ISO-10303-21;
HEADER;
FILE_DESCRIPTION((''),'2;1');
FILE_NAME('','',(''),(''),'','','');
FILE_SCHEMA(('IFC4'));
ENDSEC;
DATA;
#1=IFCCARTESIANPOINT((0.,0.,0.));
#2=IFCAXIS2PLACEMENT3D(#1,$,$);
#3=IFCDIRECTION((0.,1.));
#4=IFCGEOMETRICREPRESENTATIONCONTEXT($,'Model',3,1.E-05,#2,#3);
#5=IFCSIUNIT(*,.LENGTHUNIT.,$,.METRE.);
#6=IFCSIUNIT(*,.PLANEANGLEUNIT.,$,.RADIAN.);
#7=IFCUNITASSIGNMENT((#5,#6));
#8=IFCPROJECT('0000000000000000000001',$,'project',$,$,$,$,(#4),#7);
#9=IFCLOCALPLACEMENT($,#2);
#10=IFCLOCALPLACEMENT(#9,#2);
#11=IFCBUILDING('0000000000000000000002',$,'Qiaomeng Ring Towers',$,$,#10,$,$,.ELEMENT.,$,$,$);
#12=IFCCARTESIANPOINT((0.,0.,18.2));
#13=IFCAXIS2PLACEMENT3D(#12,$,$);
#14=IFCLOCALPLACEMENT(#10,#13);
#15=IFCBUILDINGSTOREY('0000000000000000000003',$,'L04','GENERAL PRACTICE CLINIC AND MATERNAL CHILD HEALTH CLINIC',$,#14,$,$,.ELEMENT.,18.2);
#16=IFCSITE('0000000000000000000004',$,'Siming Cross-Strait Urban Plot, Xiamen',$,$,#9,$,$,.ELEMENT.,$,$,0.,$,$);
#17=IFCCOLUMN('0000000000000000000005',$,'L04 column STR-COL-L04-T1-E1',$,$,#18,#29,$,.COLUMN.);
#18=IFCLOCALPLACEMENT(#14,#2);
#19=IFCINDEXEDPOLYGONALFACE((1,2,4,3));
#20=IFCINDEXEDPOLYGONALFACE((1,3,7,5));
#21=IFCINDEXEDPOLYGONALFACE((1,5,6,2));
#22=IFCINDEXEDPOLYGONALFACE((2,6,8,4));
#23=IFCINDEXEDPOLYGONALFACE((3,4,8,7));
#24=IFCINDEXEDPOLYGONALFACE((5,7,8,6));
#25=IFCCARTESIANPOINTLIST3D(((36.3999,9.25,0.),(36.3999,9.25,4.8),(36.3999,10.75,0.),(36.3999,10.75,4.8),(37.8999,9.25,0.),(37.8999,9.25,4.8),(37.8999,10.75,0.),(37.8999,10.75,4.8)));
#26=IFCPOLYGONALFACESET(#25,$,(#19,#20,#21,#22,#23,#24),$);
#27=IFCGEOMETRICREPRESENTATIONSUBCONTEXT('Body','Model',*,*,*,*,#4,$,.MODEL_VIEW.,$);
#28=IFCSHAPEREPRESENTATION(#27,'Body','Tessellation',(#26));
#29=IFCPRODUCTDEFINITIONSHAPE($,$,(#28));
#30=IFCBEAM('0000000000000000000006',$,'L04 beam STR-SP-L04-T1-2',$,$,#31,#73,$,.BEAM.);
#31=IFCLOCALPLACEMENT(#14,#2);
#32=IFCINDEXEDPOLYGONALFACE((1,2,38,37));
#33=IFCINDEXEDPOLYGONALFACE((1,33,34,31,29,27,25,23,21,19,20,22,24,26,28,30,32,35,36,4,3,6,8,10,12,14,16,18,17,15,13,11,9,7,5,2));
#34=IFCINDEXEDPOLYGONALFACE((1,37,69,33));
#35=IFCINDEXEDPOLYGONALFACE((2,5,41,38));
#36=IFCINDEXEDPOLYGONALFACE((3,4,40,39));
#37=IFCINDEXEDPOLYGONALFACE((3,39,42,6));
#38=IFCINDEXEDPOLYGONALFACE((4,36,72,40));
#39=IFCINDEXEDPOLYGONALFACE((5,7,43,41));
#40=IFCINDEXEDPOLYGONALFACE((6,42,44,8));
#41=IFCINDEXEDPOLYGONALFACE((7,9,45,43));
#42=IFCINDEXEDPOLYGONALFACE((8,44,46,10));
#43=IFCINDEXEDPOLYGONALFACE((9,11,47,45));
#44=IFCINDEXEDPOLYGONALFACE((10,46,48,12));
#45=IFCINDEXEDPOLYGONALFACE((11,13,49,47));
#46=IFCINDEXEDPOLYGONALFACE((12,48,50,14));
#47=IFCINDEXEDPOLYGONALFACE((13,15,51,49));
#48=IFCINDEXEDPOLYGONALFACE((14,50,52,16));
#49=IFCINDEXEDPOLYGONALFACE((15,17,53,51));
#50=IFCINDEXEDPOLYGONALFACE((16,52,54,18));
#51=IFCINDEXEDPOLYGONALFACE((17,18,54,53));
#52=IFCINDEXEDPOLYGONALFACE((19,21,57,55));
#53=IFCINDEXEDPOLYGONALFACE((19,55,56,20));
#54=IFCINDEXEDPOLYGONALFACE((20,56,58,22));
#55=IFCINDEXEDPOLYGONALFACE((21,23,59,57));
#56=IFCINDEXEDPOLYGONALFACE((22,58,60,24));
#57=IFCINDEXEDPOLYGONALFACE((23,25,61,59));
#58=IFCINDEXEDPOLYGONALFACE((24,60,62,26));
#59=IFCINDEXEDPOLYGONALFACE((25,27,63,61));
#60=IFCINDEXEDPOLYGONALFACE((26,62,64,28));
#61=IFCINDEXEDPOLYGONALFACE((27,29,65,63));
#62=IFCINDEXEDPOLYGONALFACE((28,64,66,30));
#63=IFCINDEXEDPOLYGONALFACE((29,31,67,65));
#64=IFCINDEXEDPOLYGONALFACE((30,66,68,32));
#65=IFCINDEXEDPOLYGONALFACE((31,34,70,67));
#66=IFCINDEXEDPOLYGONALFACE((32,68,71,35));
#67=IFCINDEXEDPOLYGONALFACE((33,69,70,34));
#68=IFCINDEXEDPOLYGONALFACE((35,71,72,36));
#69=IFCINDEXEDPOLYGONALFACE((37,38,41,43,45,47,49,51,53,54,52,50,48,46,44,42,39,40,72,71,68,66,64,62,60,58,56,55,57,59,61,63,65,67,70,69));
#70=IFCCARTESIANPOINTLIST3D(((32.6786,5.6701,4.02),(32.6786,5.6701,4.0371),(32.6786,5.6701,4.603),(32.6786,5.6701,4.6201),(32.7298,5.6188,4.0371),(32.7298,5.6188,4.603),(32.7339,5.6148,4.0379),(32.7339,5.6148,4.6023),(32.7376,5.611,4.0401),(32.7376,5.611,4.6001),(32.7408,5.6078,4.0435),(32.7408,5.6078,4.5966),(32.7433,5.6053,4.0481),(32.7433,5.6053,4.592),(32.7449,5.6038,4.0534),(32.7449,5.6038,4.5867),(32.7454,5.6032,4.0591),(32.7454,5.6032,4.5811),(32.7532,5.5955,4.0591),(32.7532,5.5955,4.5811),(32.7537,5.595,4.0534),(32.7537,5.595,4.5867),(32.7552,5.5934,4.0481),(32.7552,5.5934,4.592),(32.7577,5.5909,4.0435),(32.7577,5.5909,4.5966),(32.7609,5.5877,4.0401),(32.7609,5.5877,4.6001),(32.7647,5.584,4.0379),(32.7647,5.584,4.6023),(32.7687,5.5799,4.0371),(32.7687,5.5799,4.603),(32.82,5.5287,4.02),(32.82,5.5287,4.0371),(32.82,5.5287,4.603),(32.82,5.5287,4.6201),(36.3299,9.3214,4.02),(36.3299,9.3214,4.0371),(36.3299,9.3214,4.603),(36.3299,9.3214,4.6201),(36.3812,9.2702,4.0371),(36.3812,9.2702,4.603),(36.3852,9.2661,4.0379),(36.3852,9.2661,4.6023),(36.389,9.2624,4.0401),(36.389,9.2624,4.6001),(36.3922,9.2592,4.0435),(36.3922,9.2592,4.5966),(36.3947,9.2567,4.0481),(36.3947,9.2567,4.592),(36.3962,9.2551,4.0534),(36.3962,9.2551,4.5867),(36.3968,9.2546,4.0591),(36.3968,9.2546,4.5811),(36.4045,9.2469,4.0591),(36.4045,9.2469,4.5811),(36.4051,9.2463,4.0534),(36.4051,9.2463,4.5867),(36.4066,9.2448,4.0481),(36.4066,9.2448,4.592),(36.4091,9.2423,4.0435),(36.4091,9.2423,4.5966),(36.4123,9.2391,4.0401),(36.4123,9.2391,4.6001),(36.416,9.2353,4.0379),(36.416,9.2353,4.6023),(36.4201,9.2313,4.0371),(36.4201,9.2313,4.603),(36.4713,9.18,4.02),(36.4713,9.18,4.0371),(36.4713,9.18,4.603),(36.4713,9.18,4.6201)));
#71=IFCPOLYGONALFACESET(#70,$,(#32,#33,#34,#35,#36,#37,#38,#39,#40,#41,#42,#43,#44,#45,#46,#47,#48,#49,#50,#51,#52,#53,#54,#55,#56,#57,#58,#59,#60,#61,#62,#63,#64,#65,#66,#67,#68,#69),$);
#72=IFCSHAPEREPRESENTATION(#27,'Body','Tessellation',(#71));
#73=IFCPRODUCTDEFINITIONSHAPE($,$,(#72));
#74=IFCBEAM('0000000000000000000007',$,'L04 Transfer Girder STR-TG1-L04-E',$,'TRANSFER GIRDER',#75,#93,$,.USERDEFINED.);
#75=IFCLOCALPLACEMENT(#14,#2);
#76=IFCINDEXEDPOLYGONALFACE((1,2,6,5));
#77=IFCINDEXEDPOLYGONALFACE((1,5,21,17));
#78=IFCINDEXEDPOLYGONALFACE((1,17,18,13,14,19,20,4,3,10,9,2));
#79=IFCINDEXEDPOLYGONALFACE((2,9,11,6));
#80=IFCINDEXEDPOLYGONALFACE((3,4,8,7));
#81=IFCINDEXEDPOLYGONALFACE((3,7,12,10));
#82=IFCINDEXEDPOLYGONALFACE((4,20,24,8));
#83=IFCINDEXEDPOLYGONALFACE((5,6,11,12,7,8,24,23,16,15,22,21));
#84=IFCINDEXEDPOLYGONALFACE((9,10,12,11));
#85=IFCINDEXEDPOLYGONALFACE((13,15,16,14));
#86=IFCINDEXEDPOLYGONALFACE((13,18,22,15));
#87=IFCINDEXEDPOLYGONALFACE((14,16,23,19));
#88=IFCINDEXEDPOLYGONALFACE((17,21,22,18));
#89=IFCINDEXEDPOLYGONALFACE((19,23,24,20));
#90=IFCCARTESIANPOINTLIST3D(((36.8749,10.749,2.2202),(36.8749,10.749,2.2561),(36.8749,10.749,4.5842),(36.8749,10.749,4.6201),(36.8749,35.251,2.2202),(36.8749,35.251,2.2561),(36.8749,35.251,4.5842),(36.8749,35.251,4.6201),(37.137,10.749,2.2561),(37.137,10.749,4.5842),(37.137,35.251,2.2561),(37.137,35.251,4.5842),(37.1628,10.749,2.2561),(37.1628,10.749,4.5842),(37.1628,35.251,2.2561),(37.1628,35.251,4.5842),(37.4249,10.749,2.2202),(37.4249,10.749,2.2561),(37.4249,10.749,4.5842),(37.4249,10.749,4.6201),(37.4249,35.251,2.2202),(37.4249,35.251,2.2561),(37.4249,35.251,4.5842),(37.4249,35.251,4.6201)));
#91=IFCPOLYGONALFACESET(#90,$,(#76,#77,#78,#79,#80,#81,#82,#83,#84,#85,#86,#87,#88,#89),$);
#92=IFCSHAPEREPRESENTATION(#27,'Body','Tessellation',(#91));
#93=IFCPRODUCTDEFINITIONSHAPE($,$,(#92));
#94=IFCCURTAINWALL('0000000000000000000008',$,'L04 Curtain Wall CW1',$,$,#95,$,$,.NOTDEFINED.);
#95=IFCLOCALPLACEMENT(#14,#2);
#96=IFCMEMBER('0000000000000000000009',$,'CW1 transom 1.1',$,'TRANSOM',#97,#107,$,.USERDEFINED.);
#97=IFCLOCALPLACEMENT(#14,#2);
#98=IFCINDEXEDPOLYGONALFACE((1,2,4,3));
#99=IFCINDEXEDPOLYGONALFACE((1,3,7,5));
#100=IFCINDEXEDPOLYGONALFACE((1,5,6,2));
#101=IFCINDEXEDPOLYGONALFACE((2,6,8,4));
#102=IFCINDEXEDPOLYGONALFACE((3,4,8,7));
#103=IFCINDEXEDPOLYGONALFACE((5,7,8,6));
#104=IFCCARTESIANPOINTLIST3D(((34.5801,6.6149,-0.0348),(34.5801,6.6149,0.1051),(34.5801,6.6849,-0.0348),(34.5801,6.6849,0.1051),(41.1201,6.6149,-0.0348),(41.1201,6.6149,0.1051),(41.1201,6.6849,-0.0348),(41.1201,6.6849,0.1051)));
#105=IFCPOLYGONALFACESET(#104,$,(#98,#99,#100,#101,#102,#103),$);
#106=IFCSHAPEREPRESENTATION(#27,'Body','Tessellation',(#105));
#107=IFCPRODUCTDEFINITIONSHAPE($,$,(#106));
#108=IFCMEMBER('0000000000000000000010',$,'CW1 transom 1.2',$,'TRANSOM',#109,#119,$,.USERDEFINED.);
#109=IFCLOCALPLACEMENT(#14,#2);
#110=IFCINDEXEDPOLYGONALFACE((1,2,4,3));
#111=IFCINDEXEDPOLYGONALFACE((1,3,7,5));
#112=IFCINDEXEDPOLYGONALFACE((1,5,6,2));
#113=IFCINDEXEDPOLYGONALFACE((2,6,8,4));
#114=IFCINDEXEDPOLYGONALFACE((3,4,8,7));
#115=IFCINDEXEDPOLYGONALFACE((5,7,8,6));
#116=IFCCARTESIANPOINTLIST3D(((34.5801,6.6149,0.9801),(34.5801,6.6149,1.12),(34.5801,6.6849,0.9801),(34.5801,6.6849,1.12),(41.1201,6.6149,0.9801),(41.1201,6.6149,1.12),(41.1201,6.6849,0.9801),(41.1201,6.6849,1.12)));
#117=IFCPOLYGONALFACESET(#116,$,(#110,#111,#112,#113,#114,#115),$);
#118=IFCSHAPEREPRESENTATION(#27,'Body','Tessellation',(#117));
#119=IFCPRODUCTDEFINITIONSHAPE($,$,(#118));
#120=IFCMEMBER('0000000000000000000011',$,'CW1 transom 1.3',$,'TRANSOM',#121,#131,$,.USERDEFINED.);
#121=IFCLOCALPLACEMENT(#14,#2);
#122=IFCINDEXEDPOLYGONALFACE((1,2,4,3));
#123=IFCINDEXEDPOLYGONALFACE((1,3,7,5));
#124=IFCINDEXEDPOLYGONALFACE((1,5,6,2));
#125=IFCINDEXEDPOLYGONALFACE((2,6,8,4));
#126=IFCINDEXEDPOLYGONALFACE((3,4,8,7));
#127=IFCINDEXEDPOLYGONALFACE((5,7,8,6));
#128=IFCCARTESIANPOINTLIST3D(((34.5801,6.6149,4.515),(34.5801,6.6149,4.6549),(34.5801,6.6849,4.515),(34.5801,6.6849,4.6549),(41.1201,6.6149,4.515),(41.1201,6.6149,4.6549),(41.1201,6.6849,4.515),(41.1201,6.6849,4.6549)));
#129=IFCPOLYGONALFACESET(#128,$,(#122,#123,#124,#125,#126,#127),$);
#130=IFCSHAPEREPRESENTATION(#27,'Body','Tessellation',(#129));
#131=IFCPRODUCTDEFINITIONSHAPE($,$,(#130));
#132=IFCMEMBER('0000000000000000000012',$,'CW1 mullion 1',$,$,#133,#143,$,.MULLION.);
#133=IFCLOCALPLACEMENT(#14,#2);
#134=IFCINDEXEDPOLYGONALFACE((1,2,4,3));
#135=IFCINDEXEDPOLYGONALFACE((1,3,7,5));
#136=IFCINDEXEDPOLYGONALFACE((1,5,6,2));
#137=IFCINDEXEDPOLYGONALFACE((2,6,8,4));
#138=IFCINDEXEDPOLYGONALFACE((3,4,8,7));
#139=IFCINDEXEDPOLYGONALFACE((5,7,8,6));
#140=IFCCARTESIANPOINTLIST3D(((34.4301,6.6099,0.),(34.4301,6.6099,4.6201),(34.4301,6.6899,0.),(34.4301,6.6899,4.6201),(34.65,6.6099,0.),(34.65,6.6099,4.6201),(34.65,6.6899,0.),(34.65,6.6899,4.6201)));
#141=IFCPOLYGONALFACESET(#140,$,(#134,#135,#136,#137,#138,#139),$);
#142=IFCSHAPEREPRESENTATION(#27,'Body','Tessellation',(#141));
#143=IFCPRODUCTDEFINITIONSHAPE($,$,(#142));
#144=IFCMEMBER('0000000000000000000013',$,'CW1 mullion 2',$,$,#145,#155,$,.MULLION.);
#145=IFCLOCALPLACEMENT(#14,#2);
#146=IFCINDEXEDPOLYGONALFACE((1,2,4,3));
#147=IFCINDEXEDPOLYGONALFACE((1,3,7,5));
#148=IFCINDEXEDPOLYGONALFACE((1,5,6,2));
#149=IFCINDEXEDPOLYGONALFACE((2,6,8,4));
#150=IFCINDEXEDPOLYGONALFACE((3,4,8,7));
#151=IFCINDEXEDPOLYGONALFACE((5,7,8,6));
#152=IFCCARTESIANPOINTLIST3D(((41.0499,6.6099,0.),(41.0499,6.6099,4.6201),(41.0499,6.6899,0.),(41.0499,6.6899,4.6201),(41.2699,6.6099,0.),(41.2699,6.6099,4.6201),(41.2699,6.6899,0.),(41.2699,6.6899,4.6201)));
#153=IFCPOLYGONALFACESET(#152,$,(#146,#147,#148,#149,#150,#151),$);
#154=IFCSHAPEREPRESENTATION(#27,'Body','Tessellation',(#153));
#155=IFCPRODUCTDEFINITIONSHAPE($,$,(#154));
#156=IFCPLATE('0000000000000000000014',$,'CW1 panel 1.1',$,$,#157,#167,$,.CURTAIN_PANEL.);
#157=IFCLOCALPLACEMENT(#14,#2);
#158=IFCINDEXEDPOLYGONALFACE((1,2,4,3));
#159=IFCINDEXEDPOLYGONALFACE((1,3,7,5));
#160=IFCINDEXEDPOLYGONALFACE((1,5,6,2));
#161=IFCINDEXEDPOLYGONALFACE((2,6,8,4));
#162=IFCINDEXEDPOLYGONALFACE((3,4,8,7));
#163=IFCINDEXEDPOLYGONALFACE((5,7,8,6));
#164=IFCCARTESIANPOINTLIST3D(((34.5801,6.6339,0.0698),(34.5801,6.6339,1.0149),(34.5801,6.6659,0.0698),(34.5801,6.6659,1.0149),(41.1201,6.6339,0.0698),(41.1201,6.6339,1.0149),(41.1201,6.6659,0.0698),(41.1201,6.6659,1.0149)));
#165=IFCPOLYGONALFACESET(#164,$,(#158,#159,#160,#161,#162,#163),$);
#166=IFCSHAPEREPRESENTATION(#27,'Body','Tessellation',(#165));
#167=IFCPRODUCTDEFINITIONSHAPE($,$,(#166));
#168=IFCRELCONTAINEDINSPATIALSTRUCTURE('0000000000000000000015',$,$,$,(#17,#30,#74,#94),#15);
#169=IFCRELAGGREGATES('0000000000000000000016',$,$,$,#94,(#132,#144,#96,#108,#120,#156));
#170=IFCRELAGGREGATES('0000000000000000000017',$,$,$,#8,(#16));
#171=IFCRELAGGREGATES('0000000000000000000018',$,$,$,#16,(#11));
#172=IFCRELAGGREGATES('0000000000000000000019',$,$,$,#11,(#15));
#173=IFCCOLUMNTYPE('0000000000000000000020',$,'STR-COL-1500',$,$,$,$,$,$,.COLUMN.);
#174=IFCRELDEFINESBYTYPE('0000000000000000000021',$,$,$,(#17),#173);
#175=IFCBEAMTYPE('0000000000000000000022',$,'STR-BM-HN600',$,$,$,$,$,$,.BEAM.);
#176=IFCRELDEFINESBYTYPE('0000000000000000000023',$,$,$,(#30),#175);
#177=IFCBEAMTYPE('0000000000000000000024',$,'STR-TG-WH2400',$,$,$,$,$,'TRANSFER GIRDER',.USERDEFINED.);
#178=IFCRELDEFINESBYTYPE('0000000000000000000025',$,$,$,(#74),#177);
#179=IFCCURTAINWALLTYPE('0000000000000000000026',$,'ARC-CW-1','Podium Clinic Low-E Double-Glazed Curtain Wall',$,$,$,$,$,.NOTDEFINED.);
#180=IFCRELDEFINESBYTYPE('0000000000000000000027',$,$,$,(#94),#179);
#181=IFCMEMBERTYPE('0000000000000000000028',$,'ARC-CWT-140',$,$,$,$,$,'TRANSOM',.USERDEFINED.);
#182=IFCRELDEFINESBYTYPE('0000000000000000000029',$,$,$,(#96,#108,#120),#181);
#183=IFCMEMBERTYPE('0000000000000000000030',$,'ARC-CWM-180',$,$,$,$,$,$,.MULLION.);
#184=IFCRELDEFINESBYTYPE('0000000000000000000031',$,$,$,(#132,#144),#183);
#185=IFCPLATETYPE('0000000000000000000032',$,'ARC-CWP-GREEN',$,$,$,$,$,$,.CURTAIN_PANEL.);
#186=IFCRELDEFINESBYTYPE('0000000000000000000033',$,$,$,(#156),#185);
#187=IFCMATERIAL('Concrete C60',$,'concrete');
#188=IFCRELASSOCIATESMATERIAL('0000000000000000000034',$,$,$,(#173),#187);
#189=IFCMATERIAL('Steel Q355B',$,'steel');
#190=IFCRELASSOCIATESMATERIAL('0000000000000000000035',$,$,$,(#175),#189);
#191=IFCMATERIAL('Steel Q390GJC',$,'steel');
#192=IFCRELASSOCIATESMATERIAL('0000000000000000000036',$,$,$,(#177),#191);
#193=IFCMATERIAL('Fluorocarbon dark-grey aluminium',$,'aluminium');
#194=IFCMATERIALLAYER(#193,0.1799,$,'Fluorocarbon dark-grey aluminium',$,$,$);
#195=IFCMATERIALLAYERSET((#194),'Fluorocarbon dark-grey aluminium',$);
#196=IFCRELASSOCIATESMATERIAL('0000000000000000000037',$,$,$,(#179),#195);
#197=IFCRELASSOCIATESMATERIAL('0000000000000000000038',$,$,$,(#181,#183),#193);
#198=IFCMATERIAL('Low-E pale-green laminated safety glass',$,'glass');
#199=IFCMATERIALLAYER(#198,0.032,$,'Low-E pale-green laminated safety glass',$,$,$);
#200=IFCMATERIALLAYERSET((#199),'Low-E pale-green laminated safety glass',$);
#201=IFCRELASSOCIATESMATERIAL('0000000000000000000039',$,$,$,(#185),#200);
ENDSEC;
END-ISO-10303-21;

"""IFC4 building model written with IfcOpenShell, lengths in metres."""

from ifc_helpers import new_model, si_unit, direction, frame, origin, origin_2d, place, context, subcontext, project, spatial, rectangle, i_section, extrude, source, transform, mapped, material, layer, layer_set, material_profile, profile_set, type_object, element, aggregate, save


model = new_model("IFC4")

# Units and contexts
model_context = context("Model", 3, precision=1e-05, world=origin(), true_north=direction((0.0, 1.0)))
body_context = subcontext(model_context, "Body", "Model", "MODEL_VIEW")
ifc_project = project(units=[si_unit("LENGTHUNIT", "METRE"), si_unit("PLANEANGLEUNIT", "RADIAN")], contexts=[model_context])

# Site, building, storey
site_placement = place(None, origin())
site = spatial("IfcSite", under=ifc_project, at=site_placement, Name="Siming Cross-Strait Urban Plot, Xiamen", CompositionType="ELEMENT", RefElevation=0.0)
building_placement = place(site_placement, origin())
building = spatial("IfcBuilding", under=site, at=building_placement, Name="Qiaomeng Ring Towers", CompositionType="ELEMENT")
storey_placement = place(building_placement, frame((0.0, 0.0, 18.2)))
storey = spatial("IfcBuildingStorey", under=building, at=storey_placement, Name="L04", Description="GENERAL PRACTICE CLINIC AND MATERNAL CHILD HEALTH CLINIC", CompositionType="ELEMENT", Elevation=18.2)

# Column
ifc_material_1 = material(Name="Concrete C60", Category="concrete")
ifc_material_profile_1 = material_profile(ifc_material_1, rectangle(XDim=1.5, YDim=1.5, at=origin_2d()), Name="RC COL 1500x1500")
ifc_profile_set_1 = profile_set([ifc_material_profile_1], Name="Concrete C60")
column_type = type_object("IfcColumnType", Name="STR-COL-1500", PredefinedType="COLUMN", material=ifc_profile_set_1)
shared_shape_1 = source(origin(), body_context, "Body", "SweptSolid", [
    extrude(rectangle(XDim=1.5, YDim=1.5, at=origin_2d()), origin(), (0.0, 0.0, 1.0), 4.8),
])
column_placement = place(storey_placement, frame((37.1499, 10.0, 0.0), z_axis=(0.0, 0.0, 1.0), x_axis=(1.0, 0.0, 0.0)))
element("IfcColumn", 1, at=column_placement, inside=storey, type_object=column_type, Name="L04 column STR-COL-L04-T1-E1", PredefinedType="COLUMN", context=body_context, shape_type="MappedRepresentation", body=[
    mapped(shared_shape_1, transform((0.0, 0.0, 0.0), x_axis=(1.0, 0.0, 0.0), y_axis=(0.0, 1.0, 0.0), z_axis=(0.0, 0.0, 1.0), scale=1.0)),
])

# Beams
ifc_material_2 = material(Name="Steel Q355B", Category="steel")
ifc_material_profile_2 = material_profile(ifc_material_2, i_section(OverallWidth=0.2, OverallDepth=0.6001, WebThickness=0.011, FlangeThickness=0.0171, FilletRadius=0.022, at=origin_2d()), Name="HN 600x200x11x17")
ifc_profile_set_2 = profile_set([ifc_material_profile_2], Name="Steel Q355B")
beam_type_1 = type_object("IfcBeamType", Name="STR-BM-HN600", PredefinedType="BEAM", material=ifc_profile_set_2)
shared_shape_2 = source(origin(), body_context, "Body", "SweptSolid", [
    extrude(i_section(OverallWidth=0.2, OverallDepth=0.6001, WebThickness=0.011, FlangeThickness=0.0171, FilletRadius=0.022, at=origin_2d()), origin(), (0.0, 0.0, 1.0), 5.1638),
])
beam_1_placement = place(storey_placement, frame((32.7493, 5.5994, 4.3201), z_axis=(0.707107, 0.707107, 0.0), x_axis=(-0.707107, 0.707107, 0.0)))
element("IfcBeam", 2, at=beam_1_placement, inside=storey, type_object=beam_type_1, Name="L04 beam STR-SP-L04-T1-2", PredefinedType="BEAM", context=body_context, shape_type="MappedRepresentation", body=[
    mapped(shared_shape_2, transform((0.0, 0.0, 0.0), x_axis=(1.0, 0.0, 0.0), y_axis=(0.0, 1.0, 0.0), z_axis=(0.0, 0.0, 1.0), scale=1.0)),
])
ifc_material_3 = material(Name="Steel Q390GJC", Category="steel")
ifc_material_profile_3 = material_profile(ifc_material_3, i_section(OverallWidth=0.55, OverallDepth=2.3999, WebThickness=0.0259, FlangeThickness=0.0359, at=origin_2d()), Name="WH 2400x550x26x36")
ifc_profile_set_3 = profile_set([ifc_material_profile_3], Name="Steel Q390GJC")
beam_type_2 = type_object("IfcBeamType", Name="STR-TG-WH2400", ElementType="TRANSFER GIRDER", PredefinedType="USERDEFINED", material=ifc_profile_set_3)
shared_shape_3 = source(origin(), body_context, "Body", "SweptSolid", [
    extrude(i_section(OverallWidth=0.55, OverallDepth=2.3999, WebThickness=0.0259, FlangeThickness=0.0359, at=origin_2d()), origin(), (0.0, 0.0, 1.0), 24.502),
])
beam_2_placement = place(storey_placement, frame((37.1499, 10.749, 3.4202), z_axis=(0.0, 1.0, 0.0), x_axis=(-1.0, 0.0, 0.0)))
element("IfcBeam", 3, at=beam_2_placement, inside=storey, type_object=beam_type_2, Name="L04 Transfer Girder STR-TG1-L04-E", ObjectType="TRANSFER GIRDER", PredefinedType="USERDEFINED", context=body_context, shape_type="MappedRepresentation", body=[
    mapped(shared_shape_3, transform((0.0, 0.0, 0.0), x_axis=(1.0, 0.0, 0.0), y_axis=(0.0, 1.0, 0.0), z_axis=(0.0, 0.0, 1.0), scale=1.0)),
])

# Curtain wall, members, plate
ifc_material_4 = material(Name="Fluorocarbon dark-grey aluminium", Category="aluminium")
ifc_layer_1 = layer(ifc_material_4, 0.1799, Name="Fluorocarbon dark-grey aluminium")
ifc_layer_set_1 = layer_set([ifc_layer_1], Name="Fluorocarbon dark-grey aluminium")
curtain_wall_type = type_object("IfcCurtainWallType", Name="ARC-CW-1", Description="Podium Clinic Low-E Double-Glazed Curtain Wall", PredefinedType="NOTDEFINED", material=ifc_layer_set_1)
curtain_wall_placement = place(storey_placement, origin())
curtain_wall = element("IfcCurtainWall", 4, at=curtain_wall_placement, inside=storey, type_object=curtain_wall_type, Name="L04 Curtain Wall CW1", PredefinedType="NOTDEFINED")
ifc_material_profile_4 = material_profile(ifc_material_4, rectangle(XDim=0.0701, YDim=0.1399, at=origin_2d()), Name="ALU TRAN 70x140")
ifc_profile_set_4 = profile_set([ifc_material_profile_4], Name="Fluorocarbon dark-grey aluminium")
member_type_1 = type_object("IfcMemberType", Name="ARC-CWT-140", ElementType="TRANSOM", PredefinedType="USERDEFINED", material=ifc_profile_set_4)
shared_shape_4 = source(origin(), body_context, "Body", "SweptSolid", [
    extrude(rectangle(XDim=0.0701, YDim=0.1399, at=origin_2d()), origin(), (0.0, 0.0, 1.0), 6.54),
])
member_1_placement = place(storey_placement, frame((34.5801, 6.6499, 0.0352), z_axis=(1.0, 0.0, 0.0), x_axis=(0.0, 1.0, 0.0)))
member_1 = element("IfcMember", 5, at=member_1_placement, type_object=member_type_1, Name="CW1 transom 1.1", ObjectType="TRANSOM", PredefinedType="USERDEFINED", context=body_context, shape_type="MappedRepresentation", body=[
    mapped(shared_shape_4, transform((0.0, 0.0, 0.0), x_axis=(1.0, 0.0, 0.0), y_axis=(0.0, 1.0, 0.0), z_axis=(0.0, 0.0, 1.0), scale=1.0)),
])
member_2_placement = place(storey_placement, frame((34.5801, 6.6499, 1.05), z_axis=(1.0, 0.0, 0.0), x_axis=(0.0, 1.0, 0.0)))
member_2 = element("IfcMember", 6, at=member_2_placement, type_object=member_type_1, Name="CW1 transom 1.2", ObjectType="TRANSOM", PredefinedType="USERDEFINED", context=body_context, shape_type="MappedRepresentation", body=[
    mapped(shared_shape_4, transform((0.0, 0.0, 0.0), x_axis=(1.0, 0.0, 0.0), y_axis=(0.0, 1.0, 0.0), z_axis=(0.0, 0.0, 1.0), scale=1.0)),
])
member_3_placement = place(storey_placement, frame((34.5801, 6.6499, 4.585), z_axis=(1.0, 0.0, 0.0), x_axis=(0.0, 1.0, 0.0)))
member_3 = element("IfcMember", 7, at=member_3_placement, type_object=member_type_1, Name="CW1 transom 1.3", ObjectType="TRANSOM", PredefinedType="USERDEFINED", context=body_context, shape_type="MappedRepresentation", body=[
    mapped(shared_shape_4, transform((0.0, 0.0, 0.0), x_axis=(1.0, 0.0, 0.0), y_axis=(0.0, 1.0, 0.0), z_axis=(0.0, 0.0, 1.0), scale=1.0)),
])
ifc_material_profile_5 = material_profile(ifc_material_4, rectangle(XDim=0.0801, YDim=0.22, at=origin_2d()), Name="ALU MULL 80x220")
ifc_profile_set_5 = profile_set([ifc_material_profile_5], Name="Fluorocarbon dark-grey aluminium")
member_type_2 = type_object("IfcMemberType", Name="ARC-CWM-180", PredefinedType="MULLION", material=ifc_profile_set_5)
shared_shape_5 = source(origin(), body_context, "Body", "SweptSolid", [
    extrude(rectangle(XDim=0.0801, YDim=0.22, at=origin_2d()), origin(), (0.0, 0.0, 1.0), 4.6201),
])
member_4_placement = place(storey_placement, frame((34.54, 6.6499, 0.0), z_axis=(0.0, 0.0, 1.0), x_axis=(0.0, 1.0, 0.0)))
member_4 = element("IfcMember", 8, at=member_4_placement, type_object=member_type_2, Name="CW1 mullion 1", PredefinedType="MULLION", context=body_context, shape_type="MappedRepresentation", body=[
    mapped(shared_shape_5, transform((0.0, 0.0, 0.0), x_axis=(1.0, 0.0, 0.0), y_axis=(0.0, 1.0, 0.0), z_axis=(0.0, 0.0, 1.0), scale=1.0)),
])
member_5_placement = place(storey_placement, frame((41.1599, 6.6499, 0.0), z_axis=(0.0, 0.0, 1.0), x_axis=(0.0, 1.0, 0.0)))
member_5 = element("IfcMember", 9, at=member_5_placement, type_object=member_type_2, Name="CW1 mullion 2", PredefinedType="MULLION", context=body_context, shape_type="MappedRepresentation", body=[
    mapped(shared_shape_5, transform((0.0, 0.0, 0.0), x_axis=(1.0, 0.0, 0.0), y_axis=(0.0, 1.0, 0.0), z_axis=(0.0, 0.0, 1.0), scale=1.0)),
])
ifc_material_5 = material(Name="Low-E pale-green laminated safety glass", Category="glass")
ifc_layer_2 = layer(ifc_material_5, 0.032, Name="Low-E pale-green laminated safety glass")
ifc_layer_set_2 = layer_set([ifc_layer_2], Name="Low-E pale-green laminated safety glass")
plate_type = type_object("IfcPlateType", Name="ARC-CWP-GREEN", PredefinedType="CURTAIN_PANEL", material=ifc_layer_set_2)
shared_shape_6 = source(origin(), body_context, "Body", "SweptSolid", [
    extrude(rectangle(XDim=6.54, YDim=0.032, at=origin_2d()), origin(), (0.0, 0.0, 1.0), 0.9451),
])
plate_1_placement = place(storey_placement, frame((37.8501, 6.6499, 0.0698), z_axis=(0.0, 0.0, 1.0), x_axis=(1.0, 0.0, 0.0)))
plate_1 = element("IfcPlate", 10, at=plate_1_placement, type_object=plate_type, Name="CW1 panel 1.1", PredefinedType="CURTAIN_PANEL", context=body_context, shape_type="MappedRepresentation", body=[
    mapped(shared_shape_6, transform((0.0, 0.0, 0.0), x_axis=(1.0, 0.0, 0.0), y_axis=(0.0, 1.0, 0.0), z_axis=(0.0, 0.0, 1.0), scale=1.0)),
])
aggregate(curtain_wall, [member_4, member_5, member_1, member_2, member_3, plate_1])

save(model, "model.ifc")
